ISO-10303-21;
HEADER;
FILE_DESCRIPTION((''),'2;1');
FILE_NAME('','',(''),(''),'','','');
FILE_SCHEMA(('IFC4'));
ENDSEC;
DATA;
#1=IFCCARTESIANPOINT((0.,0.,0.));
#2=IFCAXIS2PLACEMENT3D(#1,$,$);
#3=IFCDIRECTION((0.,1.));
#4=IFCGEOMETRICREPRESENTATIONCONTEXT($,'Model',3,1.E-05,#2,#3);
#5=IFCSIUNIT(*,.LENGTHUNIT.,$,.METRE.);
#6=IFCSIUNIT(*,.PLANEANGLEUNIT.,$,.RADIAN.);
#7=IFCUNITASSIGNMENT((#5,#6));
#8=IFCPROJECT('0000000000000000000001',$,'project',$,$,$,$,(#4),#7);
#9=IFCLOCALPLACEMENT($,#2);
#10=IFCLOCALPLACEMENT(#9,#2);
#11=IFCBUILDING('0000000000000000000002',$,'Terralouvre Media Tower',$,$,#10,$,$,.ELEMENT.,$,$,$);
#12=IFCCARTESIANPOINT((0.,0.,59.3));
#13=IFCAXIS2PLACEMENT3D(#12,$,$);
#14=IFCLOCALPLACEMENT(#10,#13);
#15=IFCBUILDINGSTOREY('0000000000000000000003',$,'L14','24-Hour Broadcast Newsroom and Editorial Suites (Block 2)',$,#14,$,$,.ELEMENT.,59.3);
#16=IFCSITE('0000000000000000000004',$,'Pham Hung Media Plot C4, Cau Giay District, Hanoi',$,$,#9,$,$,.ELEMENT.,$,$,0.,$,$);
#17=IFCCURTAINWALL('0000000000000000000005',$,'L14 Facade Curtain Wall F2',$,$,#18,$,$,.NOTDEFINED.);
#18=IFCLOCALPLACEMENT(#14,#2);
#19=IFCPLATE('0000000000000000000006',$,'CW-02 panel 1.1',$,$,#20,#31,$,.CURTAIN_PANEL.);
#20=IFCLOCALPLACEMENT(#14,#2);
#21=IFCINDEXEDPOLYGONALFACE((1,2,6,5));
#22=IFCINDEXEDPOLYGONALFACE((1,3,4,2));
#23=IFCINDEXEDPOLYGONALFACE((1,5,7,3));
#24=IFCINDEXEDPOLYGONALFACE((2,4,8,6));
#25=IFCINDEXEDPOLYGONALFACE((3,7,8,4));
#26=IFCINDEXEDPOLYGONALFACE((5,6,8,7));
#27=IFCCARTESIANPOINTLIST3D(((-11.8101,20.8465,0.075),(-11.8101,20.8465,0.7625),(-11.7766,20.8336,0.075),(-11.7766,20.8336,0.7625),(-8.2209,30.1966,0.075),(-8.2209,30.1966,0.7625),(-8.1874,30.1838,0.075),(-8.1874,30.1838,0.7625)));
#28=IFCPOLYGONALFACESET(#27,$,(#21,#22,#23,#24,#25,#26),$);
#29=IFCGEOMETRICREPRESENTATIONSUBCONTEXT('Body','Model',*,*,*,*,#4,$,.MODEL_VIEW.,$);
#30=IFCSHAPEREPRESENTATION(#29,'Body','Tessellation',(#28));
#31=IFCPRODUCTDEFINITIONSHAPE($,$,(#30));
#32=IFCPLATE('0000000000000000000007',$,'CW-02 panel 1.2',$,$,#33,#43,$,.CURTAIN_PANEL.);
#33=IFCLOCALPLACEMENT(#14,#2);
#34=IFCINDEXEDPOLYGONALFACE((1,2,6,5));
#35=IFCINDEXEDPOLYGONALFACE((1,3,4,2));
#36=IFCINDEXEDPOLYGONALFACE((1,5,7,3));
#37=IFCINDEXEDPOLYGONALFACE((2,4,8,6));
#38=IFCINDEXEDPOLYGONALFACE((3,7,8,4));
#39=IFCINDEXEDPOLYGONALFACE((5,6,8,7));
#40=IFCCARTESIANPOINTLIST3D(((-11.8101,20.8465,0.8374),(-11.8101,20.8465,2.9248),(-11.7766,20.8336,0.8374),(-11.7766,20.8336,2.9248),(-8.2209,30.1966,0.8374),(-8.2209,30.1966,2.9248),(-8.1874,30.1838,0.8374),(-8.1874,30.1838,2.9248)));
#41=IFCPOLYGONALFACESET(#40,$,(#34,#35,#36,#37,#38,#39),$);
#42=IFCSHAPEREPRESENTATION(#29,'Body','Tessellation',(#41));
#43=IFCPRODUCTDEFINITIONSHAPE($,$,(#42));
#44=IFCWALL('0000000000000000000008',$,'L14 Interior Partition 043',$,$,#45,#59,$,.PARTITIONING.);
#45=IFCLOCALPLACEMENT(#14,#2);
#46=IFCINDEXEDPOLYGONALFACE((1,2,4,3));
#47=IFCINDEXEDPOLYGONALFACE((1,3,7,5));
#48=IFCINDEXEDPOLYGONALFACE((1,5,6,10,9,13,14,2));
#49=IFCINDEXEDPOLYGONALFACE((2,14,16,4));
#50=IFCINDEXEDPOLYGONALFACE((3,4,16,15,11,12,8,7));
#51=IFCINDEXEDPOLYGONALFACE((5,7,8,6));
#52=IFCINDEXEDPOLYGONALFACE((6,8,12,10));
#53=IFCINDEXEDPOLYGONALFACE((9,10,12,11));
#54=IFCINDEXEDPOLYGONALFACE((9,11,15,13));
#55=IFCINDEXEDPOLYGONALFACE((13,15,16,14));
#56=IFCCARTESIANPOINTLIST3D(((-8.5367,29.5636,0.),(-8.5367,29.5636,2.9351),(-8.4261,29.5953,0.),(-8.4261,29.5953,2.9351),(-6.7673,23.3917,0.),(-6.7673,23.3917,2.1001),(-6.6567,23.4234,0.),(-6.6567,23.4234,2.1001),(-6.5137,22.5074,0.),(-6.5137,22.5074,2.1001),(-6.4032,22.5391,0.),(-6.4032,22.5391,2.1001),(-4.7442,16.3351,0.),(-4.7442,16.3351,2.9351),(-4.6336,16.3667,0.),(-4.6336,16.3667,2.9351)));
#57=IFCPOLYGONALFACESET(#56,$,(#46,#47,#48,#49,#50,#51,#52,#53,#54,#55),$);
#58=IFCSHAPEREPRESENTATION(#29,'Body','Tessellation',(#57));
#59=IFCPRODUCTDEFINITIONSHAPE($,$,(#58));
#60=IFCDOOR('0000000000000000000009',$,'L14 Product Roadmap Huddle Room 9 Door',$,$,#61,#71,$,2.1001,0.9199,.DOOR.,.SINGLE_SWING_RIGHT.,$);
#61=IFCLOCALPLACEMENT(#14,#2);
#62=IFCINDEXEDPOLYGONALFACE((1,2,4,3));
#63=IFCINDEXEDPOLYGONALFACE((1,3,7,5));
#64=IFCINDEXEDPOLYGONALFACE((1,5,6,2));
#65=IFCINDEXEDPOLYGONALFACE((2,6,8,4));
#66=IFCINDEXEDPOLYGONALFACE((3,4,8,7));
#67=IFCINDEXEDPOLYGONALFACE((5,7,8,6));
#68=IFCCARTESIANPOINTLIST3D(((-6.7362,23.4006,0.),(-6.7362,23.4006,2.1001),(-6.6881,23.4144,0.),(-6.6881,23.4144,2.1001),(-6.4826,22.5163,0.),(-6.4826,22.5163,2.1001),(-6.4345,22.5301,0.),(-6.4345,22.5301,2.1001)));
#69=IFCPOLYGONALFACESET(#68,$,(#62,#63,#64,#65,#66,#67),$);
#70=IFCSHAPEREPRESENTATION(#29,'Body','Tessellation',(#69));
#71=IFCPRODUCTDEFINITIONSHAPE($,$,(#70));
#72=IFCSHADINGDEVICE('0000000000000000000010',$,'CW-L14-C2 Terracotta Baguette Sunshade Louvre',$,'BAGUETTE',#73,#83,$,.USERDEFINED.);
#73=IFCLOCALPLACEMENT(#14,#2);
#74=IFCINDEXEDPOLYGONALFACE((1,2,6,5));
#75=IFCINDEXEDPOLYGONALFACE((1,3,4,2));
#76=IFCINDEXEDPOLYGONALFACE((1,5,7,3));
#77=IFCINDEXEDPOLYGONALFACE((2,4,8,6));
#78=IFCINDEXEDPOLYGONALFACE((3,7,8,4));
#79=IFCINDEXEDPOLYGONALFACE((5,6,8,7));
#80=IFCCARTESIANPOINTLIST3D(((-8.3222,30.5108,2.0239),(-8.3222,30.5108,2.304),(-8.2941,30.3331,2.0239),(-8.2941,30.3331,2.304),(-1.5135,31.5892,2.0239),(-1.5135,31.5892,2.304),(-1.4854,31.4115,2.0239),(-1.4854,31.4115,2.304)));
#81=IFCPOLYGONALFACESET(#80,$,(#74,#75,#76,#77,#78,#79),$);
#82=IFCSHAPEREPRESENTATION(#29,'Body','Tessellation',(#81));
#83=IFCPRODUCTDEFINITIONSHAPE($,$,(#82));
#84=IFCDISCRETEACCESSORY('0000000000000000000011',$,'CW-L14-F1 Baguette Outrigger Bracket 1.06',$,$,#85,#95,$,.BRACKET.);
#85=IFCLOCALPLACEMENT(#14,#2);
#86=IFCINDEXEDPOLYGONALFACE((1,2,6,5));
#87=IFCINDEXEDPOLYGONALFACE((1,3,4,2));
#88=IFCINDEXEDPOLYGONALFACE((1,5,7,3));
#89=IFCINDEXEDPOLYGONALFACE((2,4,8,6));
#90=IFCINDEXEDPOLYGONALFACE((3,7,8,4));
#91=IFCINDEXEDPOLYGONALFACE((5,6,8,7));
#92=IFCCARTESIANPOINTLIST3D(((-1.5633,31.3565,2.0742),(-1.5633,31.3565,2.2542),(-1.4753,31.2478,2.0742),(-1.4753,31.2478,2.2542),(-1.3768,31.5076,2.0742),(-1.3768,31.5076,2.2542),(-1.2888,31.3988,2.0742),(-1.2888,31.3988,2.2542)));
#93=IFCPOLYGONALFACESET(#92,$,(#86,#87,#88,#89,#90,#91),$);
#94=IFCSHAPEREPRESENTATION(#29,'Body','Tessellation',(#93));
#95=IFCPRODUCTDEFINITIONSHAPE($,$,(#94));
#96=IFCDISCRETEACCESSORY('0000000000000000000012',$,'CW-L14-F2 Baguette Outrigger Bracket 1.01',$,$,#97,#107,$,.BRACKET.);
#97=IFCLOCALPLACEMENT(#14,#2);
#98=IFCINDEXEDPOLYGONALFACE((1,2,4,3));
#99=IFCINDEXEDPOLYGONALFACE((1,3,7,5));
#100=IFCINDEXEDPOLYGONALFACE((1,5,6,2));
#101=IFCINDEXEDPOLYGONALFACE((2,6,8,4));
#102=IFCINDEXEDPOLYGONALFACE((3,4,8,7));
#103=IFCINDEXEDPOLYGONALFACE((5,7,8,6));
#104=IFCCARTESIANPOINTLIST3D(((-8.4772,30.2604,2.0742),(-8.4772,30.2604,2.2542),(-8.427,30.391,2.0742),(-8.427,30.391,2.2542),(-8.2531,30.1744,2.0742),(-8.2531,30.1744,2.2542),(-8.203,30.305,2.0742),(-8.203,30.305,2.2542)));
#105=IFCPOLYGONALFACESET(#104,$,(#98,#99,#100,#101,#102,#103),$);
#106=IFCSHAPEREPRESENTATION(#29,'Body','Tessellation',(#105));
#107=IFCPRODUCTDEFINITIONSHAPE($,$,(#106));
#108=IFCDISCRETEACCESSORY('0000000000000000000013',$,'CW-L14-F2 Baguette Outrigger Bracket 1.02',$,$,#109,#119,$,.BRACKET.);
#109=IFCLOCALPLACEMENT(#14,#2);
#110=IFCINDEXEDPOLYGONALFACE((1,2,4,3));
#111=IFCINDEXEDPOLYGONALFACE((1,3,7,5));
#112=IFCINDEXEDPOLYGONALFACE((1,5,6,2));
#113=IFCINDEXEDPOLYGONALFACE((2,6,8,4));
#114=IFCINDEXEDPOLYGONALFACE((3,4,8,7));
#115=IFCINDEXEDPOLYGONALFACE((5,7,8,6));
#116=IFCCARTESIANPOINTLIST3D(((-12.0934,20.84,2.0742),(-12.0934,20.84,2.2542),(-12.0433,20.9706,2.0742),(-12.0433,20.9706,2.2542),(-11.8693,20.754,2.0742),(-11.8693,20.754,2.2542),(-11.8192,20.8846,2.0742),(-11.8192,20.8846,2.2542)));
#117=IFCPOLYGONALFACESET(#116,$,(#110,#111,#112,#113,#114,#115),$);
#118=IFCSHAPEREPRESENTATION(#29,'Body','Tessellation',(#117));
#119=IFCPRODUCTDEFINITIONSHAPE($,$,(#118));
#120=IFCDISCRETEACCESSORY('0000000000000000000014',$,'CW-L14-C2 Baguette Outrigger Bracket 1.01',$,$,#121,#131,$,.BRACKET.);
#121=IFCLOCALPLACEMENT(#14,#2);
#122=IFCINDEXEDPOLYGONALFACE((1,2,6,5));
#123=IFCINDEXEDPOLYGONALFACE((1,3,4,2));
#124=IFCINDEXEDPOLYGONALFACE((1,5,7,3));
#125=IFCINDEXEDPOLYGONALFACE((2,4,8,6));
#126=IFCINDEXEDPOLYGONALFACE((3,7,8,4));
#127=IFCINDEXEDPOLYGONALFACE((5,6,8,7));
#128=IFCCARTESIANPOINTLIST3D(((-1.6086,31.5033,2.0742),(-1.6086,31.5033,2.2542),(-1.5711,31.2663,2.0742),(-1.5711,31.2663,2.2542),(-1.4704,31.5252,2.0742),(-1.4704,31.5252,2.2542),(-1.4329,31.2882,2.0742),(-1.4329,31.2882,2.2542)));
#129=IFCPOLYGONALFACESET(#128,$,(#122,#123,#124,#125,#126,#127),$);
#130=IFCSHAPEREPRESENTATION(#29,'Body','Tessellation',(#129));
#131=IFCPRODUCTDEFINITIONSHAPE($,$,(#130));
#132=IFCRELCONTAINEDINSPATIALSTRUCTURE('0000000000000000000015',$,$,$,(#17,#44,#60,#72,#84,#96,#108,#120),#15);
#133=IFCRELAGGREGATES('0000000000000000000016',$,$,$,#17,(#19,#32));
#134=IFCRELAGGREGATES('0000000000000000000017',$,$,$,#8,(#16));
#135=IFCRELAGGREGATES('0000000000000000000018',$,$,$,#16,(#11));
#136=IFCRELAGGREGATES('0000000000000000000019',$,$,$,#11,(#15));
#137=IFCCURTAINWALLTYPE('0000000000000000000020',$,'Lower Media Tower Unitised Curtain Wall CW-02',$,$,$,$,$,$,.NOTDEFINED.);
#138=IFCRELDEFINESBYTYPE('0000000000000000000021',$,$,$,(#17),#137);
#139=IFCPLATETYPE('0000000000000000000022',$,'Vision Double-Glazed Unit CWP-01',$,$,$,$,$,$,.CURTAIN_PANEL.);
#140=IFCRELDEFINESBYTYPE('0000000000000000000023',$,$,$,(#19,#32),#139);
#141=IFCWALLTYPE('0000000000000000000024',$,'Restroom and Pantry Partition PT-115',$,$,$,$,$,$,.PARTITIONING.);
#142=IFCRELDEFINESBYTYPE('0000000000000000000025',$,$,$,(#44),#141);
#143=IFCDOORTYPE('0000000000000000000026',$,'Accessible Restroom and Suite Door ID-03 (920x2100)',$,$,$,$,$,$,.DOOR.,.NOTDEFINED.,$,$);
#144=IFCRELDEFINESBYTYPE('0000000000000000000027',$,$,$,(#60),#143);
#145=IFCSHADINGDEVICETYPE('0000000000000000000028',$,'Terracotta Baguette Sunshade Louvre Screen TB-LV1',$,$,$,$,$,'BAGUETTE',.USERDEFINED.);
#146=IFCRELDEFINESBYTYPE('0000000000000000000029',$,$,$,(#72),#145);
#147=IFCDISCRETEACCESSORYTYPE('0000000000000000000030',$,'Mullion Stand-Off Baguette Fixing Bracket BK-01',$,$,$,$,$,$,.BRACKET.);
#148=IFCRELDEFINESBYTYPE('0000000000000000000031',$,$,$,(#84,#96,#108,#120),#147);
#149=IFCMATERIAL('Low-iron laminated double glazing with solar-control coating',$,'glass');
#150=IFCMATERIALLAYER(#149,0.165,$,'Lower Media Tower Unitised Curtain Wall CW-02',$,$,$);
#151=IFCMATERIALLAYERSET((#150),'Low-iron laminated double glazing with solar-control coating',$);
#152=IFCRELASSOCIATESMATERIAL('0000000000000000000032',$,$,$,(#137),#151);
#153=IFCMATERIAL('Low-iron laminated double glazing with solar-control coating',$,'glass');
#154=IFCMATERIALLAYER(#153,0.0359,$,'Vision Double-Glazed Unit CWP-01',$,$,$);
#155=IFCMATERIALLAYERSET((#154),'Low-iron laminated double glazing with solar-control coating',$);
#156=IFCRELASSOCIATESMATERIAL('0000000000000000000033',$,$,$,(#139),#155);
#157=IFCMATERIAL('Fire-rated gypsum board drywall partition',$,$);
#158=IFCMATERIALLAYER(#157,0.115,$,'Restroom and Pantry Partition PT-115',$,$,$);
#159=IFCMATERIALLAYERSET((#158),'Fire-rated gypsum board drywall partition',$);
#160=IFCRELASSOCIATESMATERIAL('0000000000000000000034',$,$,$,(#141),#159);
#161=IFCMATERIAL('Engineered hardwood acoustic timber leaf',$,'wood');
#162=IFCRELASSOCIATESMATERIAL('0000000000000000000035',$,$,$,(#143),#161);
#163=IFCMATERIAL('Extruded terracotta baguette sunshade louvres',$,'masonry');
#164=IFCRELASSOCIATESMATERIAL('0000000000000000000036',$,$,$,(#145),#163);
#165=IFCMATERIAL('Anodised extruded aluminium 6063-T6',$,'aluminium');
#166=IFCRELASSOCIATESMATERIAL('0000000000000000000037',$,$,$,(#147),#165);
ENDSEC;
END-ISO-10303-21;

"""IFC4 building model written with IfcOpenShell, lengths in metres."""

from ifc_helpers import new_model, si_unit, direction, frame, frame_2d, origin, origin_2d, place, context, subcontext, project, spatial, rectangle, extrude, material, layer, layer_set, type_object, element, fill, aggregate, save


model = new_model("IFC4")

# Units and contexts
model_context = context("Model", 3, precision=1e-05, world=origin(), true_north=direction((0.0, 1.0)))
body_context = subcontext(model_context, "Body", "Model", "MODEL_VIEW")
ifc_project = project(units=[si_unit("LENGTHUNIT", "METRE"), si_unit("PLANEANGLEUNIT", "RADIAN")], contexts=[model_context])

# Site, building, storey
site_placement = place(None, origin())
site = spatial("IfcSite", under=ifc_project, at=site_placement, Name="Pham Hung Media Plot C4, Cau Giay District, Hanoi", CompositionType="ELEMENT", RefElevation=0.0)
building_placement = place(site_placement, origin())
building = spatial("IfcBuilding", under=site, at=building_placement, Name="Terralouvre Media Tower", CompositionType="ELEMENT")
storey_placement = place(building_placement, frame((0.0, 0.0, 59.3)))
storey = spatial("IfcBuildingStorey", under=building, at=storey_placement, Name="L14", Description="24-Hour Broadcast Newsroom and Editorial Suites (Block 2)", CompositionType="ELEMENT", Elevation=59.3)

# Curtain wall
ifc_material_1 = material(Name="Low-iron laminated double glazing with solar-control coating", Category="glass")
ifc_layer_1 = layer(ifc_material_1, 0.165, Name="Lower Media Tower Unitised Curtain Wall CW-02")
ifc_layer_set_1 = layer_set([ifc_layer_1], Name="Low-iron laminated double glazing with solar-control coating")
curtain_wall_type_1 = type_object("IfcCurtainWallType", Name="Lower Media Tower Unitised Curtain Wall CW-02", PredefinedType="NOTDEFINED", material=ifc_layer_set_1)
curtain_wall_1_placement = place(storey_placement, origin())
curtain_wall_1 = element("IfcCurtainWall", 1, at=curtain_wall_1_placement, inside=storey, type_object=curtain_wall_type_1, Name="L14 Facade Curtain Wall F2", PredefinedType="NOTDEFINED")

# Plates
ifc_material_2 = material(Name="Low-iron laminated double glazing with solar-control coating", Category="glass")
ifc_layer_2 = layer(ifc_material_2, 0.0359, Name="Vision Double-Glazed Unit CWP-01")
ifc_layer_set_2 = layer_set([ifc_layer_2], Name="Low-iron laminated double glazing with solar-control coating")
plate_type_1 = type_object("IfcPlateType", Name="Vision Double-Glazed Unit CWP-01", PredefinedType="CURTAIN_PANEL", material=ifc_layer_set_2)
plate_1_placement = place(storey_placement, frame((-9.9988, 25.5151, 0.075), z_axis=(0.0, 0.0, 1.0), x_axis=(-0.358368, -0.93358, 0.0)))
plate_1 = element("IfcPlate", 2, at=plate_1_placement, type_object=plate_type_1, Name="CW-02 panel 1.1", PredefinedType="CURTAIN_PANEL", context=body_context, shape_type="SweptSolid", body=[
    extrude(rectangle(XDim=10.0154, YDim=0.0359, at=origin_2d()), origin(), (0.0, 0.0, 1.0), 0.6875),
])
plate_2_placement = place(storey_placement, frame((-9.9988, 25.5151, 0.8374), z_axis=(0.0, 0.0, 1.0), x_axis=(-0.358368, -0.93358, 0.0)))
plate_2 = element("IfcPlate", 3, at=plate_2_placement, type_object=plate_type_1, Name="CW-02 panel 1.2", PredefinedType="CURTAIN_PANEL", context=body_context, shape_type="SweptSolid", body=[
    extrude(rectangle(XDim=10.0154, YDim=0.0359, at=origin_2d()), origin(), (0.0, 0.0, 1.0), 2.0874),
])
aggregate(curtain_wall_1, [plate_1, plate_2])

# Wall, opening, door
ifc_material_3 = material(Name="Fire-rated gypsum board drywall partition")
ifc_layer_3 = layer(ifc_material_3, 0.115, Name="Restroom and Pantry Partition PT-115")
ifc_layer_set_3 = layer_set([ifc_layer_3], Name="Fire-rated gypsum board drywall partition")
wall_type = type_object("IfcWallType", Name="Restroom and Pantry Partition PT-115", PredefinedType="PARTITIONING", material=ifc_layer_set_3)
wall_placement = place(storey_placement, frame((-8.4814, 29.5796, 0.0), z_axis=(0.0, 0.0, 1.0), x_axis=(0.275588, -0.961276, 0.0)))
wall = element("IfcWall", 4, at=wall_placement, inside=storey, type_object=wall_type, Name="L14 Interior Partition 043", PredefinedType="PARTITIONING", context=body_context, shape_type="SweptSolid", body=[
    extrude(rectangle(XDim=13.7615, YDim=0.115, at=frame_2d((6.8809, 0.0))), origin(), (0.0, 0.0, 1.0), 2.9351),
])
opening_placement = place(wall_placement, frame((6.4207, 0.0, 0.0)))
opening = element("IfcOpeningElement", 5, at=opening_placement, cuts=wall, PredefinedType="OPENING", context=body_context, shape_type="SweptSolid", body=[
    extrude(rectangle(XDim=0.9199, YDim=2.1001, at=frame_2d((0.46, 1.05))), frame((0.0, 0.0674, 0.0), z_axis=(0.0, -1.0, 0.0), x_axis=(1.0, 0.0, 0.0)), (0.0, 0.0, 1.0), 0.135),
])
ifc_material_4 = material(Name="Engineered hardwood acoustic timber leaf", Category="wood")
door_type = type_object("IfcDoorType", Name="Accessible Restroom and Suite Door ID-03 (920x2100)", OperationType="NOTDEFINED", PredefinedType="DOOR", material=ifc_material_4)
door_placement = place(opening_placement, origin())
door = element("IfcDoor", 6, at=door_placement, inside=storey, type_object=door_type, Name="L14 Product Roadmap Huddle Room 9 Door", OperationType="SINGLE_SWING_RIGHT", OverallHeight=2.1001, OverallWidth=0.9199, PredefinedType="DOOR", context=body_context, shape_type="SweptSolid", body=[
    extrude(rectangle(XDim=0.9199, YDim=2.1001, at=frame_2d((0.46, 1.05))), frame((0.0, 0.0249, 0.0), z_axis=(0.0, -1.0, 0.0), x_axis=(1.0, 0.0, 0.0)), (0.0, 0.0, 1.0), 0.05),
])
fill(opening, door)

# Shading device
ifc_material_5 = material(Name="Extruded terracotta baguette sunshade louvres", Category="masonry")
shading_device_type = type_object("IfcShadingDeviceType", Name="Terracotta Baguette Sunshade Louvre Screen TB-LV1", ElementType="BAGUETTE", PredefinedType="USERDEFINED", material=ifc_material_5)
shading_device_placement = place(storey_placement, frame((-4.9038, 30.9612, 2.0239), z_axis=(0.0, 0.0, 1.0), x_axis=(-0.987688, -0.156434, 0.0)))
element("IfcShadingDevice", 7, at=shading_device_placement, inside=storey, type_object=shading_device_type, Name="CW-L14-C2 Terracotta Baguette Sunshade Louvre", ObjectType="BAGUETTE", PredefinedType="USERDEFINED", context=body_context, shape_type="SweptSolid", body=[
    extrude(rectangle(XDim=6.8936, YDim=0.1799, at=origin_2d()), origin(), (0.0, 0.0, 1.0), 0.28),
])

# Discrete accessories
ifc_material_6 = material(Name="Anodised extruded aluminium 6063-T6", Category="aluminium")
discrete_accessory_type = type_object("IfcDiscreteAccessoryType", Name="Mullion Stand-Off Baguette Fixing Bracket BK-01", PredefinedType="BRACKET", material=ifc_material_6)
for number, where, z_axis, x_axis, name in (
    (8, (-1.426, 31.3777, 2.0742), (0.0, 0.0, 1.0), (-0.62932, 0.777146, 0.0), "CW-L14-F1 Baguette Outrigger Bracket 1.06"),
    (9, (-8.3401, 30.2827, 2.0742), (0.0, 0.0, 1.0), (-0.358368, -0.93358, 0.0), "CW-L14-F2 Baguette Outrigger Bracket 1.01"),
    (10, (-11.9563, 20.8623, 2.0742), (0.0, 0.0, 1.0), (-0.358368, -0.93358, 0.0), "CW-L14-F2 Baguette Outrigger Bracket 1.02"),
    (11, (-1.5208, 31.3958, 2.0742), (0.0, 0.0, 1.0), (-0.987688, -0.156434, 0.0), "CW-L14-C2 Baguette Outrigger Bracket 1.01"),
):
    element("IfcDiscreteAccessory", number, at=place(storey_placement, frame(where, z_axis=z_axis, x_axis=x_axis)), inside=storey, type_object=discrete_accessory_type, Name=name, PredefinedType="BRACKET", context=body_context, shape_type="SweptSolid", body=[
        extrude(rectangle(XDim=0.1399, YDim=0.24, at=origin_2d()), origin(), (0.0, 0.0, 1.0), 0.1799),
    ])

save(model, "model.ifc")
